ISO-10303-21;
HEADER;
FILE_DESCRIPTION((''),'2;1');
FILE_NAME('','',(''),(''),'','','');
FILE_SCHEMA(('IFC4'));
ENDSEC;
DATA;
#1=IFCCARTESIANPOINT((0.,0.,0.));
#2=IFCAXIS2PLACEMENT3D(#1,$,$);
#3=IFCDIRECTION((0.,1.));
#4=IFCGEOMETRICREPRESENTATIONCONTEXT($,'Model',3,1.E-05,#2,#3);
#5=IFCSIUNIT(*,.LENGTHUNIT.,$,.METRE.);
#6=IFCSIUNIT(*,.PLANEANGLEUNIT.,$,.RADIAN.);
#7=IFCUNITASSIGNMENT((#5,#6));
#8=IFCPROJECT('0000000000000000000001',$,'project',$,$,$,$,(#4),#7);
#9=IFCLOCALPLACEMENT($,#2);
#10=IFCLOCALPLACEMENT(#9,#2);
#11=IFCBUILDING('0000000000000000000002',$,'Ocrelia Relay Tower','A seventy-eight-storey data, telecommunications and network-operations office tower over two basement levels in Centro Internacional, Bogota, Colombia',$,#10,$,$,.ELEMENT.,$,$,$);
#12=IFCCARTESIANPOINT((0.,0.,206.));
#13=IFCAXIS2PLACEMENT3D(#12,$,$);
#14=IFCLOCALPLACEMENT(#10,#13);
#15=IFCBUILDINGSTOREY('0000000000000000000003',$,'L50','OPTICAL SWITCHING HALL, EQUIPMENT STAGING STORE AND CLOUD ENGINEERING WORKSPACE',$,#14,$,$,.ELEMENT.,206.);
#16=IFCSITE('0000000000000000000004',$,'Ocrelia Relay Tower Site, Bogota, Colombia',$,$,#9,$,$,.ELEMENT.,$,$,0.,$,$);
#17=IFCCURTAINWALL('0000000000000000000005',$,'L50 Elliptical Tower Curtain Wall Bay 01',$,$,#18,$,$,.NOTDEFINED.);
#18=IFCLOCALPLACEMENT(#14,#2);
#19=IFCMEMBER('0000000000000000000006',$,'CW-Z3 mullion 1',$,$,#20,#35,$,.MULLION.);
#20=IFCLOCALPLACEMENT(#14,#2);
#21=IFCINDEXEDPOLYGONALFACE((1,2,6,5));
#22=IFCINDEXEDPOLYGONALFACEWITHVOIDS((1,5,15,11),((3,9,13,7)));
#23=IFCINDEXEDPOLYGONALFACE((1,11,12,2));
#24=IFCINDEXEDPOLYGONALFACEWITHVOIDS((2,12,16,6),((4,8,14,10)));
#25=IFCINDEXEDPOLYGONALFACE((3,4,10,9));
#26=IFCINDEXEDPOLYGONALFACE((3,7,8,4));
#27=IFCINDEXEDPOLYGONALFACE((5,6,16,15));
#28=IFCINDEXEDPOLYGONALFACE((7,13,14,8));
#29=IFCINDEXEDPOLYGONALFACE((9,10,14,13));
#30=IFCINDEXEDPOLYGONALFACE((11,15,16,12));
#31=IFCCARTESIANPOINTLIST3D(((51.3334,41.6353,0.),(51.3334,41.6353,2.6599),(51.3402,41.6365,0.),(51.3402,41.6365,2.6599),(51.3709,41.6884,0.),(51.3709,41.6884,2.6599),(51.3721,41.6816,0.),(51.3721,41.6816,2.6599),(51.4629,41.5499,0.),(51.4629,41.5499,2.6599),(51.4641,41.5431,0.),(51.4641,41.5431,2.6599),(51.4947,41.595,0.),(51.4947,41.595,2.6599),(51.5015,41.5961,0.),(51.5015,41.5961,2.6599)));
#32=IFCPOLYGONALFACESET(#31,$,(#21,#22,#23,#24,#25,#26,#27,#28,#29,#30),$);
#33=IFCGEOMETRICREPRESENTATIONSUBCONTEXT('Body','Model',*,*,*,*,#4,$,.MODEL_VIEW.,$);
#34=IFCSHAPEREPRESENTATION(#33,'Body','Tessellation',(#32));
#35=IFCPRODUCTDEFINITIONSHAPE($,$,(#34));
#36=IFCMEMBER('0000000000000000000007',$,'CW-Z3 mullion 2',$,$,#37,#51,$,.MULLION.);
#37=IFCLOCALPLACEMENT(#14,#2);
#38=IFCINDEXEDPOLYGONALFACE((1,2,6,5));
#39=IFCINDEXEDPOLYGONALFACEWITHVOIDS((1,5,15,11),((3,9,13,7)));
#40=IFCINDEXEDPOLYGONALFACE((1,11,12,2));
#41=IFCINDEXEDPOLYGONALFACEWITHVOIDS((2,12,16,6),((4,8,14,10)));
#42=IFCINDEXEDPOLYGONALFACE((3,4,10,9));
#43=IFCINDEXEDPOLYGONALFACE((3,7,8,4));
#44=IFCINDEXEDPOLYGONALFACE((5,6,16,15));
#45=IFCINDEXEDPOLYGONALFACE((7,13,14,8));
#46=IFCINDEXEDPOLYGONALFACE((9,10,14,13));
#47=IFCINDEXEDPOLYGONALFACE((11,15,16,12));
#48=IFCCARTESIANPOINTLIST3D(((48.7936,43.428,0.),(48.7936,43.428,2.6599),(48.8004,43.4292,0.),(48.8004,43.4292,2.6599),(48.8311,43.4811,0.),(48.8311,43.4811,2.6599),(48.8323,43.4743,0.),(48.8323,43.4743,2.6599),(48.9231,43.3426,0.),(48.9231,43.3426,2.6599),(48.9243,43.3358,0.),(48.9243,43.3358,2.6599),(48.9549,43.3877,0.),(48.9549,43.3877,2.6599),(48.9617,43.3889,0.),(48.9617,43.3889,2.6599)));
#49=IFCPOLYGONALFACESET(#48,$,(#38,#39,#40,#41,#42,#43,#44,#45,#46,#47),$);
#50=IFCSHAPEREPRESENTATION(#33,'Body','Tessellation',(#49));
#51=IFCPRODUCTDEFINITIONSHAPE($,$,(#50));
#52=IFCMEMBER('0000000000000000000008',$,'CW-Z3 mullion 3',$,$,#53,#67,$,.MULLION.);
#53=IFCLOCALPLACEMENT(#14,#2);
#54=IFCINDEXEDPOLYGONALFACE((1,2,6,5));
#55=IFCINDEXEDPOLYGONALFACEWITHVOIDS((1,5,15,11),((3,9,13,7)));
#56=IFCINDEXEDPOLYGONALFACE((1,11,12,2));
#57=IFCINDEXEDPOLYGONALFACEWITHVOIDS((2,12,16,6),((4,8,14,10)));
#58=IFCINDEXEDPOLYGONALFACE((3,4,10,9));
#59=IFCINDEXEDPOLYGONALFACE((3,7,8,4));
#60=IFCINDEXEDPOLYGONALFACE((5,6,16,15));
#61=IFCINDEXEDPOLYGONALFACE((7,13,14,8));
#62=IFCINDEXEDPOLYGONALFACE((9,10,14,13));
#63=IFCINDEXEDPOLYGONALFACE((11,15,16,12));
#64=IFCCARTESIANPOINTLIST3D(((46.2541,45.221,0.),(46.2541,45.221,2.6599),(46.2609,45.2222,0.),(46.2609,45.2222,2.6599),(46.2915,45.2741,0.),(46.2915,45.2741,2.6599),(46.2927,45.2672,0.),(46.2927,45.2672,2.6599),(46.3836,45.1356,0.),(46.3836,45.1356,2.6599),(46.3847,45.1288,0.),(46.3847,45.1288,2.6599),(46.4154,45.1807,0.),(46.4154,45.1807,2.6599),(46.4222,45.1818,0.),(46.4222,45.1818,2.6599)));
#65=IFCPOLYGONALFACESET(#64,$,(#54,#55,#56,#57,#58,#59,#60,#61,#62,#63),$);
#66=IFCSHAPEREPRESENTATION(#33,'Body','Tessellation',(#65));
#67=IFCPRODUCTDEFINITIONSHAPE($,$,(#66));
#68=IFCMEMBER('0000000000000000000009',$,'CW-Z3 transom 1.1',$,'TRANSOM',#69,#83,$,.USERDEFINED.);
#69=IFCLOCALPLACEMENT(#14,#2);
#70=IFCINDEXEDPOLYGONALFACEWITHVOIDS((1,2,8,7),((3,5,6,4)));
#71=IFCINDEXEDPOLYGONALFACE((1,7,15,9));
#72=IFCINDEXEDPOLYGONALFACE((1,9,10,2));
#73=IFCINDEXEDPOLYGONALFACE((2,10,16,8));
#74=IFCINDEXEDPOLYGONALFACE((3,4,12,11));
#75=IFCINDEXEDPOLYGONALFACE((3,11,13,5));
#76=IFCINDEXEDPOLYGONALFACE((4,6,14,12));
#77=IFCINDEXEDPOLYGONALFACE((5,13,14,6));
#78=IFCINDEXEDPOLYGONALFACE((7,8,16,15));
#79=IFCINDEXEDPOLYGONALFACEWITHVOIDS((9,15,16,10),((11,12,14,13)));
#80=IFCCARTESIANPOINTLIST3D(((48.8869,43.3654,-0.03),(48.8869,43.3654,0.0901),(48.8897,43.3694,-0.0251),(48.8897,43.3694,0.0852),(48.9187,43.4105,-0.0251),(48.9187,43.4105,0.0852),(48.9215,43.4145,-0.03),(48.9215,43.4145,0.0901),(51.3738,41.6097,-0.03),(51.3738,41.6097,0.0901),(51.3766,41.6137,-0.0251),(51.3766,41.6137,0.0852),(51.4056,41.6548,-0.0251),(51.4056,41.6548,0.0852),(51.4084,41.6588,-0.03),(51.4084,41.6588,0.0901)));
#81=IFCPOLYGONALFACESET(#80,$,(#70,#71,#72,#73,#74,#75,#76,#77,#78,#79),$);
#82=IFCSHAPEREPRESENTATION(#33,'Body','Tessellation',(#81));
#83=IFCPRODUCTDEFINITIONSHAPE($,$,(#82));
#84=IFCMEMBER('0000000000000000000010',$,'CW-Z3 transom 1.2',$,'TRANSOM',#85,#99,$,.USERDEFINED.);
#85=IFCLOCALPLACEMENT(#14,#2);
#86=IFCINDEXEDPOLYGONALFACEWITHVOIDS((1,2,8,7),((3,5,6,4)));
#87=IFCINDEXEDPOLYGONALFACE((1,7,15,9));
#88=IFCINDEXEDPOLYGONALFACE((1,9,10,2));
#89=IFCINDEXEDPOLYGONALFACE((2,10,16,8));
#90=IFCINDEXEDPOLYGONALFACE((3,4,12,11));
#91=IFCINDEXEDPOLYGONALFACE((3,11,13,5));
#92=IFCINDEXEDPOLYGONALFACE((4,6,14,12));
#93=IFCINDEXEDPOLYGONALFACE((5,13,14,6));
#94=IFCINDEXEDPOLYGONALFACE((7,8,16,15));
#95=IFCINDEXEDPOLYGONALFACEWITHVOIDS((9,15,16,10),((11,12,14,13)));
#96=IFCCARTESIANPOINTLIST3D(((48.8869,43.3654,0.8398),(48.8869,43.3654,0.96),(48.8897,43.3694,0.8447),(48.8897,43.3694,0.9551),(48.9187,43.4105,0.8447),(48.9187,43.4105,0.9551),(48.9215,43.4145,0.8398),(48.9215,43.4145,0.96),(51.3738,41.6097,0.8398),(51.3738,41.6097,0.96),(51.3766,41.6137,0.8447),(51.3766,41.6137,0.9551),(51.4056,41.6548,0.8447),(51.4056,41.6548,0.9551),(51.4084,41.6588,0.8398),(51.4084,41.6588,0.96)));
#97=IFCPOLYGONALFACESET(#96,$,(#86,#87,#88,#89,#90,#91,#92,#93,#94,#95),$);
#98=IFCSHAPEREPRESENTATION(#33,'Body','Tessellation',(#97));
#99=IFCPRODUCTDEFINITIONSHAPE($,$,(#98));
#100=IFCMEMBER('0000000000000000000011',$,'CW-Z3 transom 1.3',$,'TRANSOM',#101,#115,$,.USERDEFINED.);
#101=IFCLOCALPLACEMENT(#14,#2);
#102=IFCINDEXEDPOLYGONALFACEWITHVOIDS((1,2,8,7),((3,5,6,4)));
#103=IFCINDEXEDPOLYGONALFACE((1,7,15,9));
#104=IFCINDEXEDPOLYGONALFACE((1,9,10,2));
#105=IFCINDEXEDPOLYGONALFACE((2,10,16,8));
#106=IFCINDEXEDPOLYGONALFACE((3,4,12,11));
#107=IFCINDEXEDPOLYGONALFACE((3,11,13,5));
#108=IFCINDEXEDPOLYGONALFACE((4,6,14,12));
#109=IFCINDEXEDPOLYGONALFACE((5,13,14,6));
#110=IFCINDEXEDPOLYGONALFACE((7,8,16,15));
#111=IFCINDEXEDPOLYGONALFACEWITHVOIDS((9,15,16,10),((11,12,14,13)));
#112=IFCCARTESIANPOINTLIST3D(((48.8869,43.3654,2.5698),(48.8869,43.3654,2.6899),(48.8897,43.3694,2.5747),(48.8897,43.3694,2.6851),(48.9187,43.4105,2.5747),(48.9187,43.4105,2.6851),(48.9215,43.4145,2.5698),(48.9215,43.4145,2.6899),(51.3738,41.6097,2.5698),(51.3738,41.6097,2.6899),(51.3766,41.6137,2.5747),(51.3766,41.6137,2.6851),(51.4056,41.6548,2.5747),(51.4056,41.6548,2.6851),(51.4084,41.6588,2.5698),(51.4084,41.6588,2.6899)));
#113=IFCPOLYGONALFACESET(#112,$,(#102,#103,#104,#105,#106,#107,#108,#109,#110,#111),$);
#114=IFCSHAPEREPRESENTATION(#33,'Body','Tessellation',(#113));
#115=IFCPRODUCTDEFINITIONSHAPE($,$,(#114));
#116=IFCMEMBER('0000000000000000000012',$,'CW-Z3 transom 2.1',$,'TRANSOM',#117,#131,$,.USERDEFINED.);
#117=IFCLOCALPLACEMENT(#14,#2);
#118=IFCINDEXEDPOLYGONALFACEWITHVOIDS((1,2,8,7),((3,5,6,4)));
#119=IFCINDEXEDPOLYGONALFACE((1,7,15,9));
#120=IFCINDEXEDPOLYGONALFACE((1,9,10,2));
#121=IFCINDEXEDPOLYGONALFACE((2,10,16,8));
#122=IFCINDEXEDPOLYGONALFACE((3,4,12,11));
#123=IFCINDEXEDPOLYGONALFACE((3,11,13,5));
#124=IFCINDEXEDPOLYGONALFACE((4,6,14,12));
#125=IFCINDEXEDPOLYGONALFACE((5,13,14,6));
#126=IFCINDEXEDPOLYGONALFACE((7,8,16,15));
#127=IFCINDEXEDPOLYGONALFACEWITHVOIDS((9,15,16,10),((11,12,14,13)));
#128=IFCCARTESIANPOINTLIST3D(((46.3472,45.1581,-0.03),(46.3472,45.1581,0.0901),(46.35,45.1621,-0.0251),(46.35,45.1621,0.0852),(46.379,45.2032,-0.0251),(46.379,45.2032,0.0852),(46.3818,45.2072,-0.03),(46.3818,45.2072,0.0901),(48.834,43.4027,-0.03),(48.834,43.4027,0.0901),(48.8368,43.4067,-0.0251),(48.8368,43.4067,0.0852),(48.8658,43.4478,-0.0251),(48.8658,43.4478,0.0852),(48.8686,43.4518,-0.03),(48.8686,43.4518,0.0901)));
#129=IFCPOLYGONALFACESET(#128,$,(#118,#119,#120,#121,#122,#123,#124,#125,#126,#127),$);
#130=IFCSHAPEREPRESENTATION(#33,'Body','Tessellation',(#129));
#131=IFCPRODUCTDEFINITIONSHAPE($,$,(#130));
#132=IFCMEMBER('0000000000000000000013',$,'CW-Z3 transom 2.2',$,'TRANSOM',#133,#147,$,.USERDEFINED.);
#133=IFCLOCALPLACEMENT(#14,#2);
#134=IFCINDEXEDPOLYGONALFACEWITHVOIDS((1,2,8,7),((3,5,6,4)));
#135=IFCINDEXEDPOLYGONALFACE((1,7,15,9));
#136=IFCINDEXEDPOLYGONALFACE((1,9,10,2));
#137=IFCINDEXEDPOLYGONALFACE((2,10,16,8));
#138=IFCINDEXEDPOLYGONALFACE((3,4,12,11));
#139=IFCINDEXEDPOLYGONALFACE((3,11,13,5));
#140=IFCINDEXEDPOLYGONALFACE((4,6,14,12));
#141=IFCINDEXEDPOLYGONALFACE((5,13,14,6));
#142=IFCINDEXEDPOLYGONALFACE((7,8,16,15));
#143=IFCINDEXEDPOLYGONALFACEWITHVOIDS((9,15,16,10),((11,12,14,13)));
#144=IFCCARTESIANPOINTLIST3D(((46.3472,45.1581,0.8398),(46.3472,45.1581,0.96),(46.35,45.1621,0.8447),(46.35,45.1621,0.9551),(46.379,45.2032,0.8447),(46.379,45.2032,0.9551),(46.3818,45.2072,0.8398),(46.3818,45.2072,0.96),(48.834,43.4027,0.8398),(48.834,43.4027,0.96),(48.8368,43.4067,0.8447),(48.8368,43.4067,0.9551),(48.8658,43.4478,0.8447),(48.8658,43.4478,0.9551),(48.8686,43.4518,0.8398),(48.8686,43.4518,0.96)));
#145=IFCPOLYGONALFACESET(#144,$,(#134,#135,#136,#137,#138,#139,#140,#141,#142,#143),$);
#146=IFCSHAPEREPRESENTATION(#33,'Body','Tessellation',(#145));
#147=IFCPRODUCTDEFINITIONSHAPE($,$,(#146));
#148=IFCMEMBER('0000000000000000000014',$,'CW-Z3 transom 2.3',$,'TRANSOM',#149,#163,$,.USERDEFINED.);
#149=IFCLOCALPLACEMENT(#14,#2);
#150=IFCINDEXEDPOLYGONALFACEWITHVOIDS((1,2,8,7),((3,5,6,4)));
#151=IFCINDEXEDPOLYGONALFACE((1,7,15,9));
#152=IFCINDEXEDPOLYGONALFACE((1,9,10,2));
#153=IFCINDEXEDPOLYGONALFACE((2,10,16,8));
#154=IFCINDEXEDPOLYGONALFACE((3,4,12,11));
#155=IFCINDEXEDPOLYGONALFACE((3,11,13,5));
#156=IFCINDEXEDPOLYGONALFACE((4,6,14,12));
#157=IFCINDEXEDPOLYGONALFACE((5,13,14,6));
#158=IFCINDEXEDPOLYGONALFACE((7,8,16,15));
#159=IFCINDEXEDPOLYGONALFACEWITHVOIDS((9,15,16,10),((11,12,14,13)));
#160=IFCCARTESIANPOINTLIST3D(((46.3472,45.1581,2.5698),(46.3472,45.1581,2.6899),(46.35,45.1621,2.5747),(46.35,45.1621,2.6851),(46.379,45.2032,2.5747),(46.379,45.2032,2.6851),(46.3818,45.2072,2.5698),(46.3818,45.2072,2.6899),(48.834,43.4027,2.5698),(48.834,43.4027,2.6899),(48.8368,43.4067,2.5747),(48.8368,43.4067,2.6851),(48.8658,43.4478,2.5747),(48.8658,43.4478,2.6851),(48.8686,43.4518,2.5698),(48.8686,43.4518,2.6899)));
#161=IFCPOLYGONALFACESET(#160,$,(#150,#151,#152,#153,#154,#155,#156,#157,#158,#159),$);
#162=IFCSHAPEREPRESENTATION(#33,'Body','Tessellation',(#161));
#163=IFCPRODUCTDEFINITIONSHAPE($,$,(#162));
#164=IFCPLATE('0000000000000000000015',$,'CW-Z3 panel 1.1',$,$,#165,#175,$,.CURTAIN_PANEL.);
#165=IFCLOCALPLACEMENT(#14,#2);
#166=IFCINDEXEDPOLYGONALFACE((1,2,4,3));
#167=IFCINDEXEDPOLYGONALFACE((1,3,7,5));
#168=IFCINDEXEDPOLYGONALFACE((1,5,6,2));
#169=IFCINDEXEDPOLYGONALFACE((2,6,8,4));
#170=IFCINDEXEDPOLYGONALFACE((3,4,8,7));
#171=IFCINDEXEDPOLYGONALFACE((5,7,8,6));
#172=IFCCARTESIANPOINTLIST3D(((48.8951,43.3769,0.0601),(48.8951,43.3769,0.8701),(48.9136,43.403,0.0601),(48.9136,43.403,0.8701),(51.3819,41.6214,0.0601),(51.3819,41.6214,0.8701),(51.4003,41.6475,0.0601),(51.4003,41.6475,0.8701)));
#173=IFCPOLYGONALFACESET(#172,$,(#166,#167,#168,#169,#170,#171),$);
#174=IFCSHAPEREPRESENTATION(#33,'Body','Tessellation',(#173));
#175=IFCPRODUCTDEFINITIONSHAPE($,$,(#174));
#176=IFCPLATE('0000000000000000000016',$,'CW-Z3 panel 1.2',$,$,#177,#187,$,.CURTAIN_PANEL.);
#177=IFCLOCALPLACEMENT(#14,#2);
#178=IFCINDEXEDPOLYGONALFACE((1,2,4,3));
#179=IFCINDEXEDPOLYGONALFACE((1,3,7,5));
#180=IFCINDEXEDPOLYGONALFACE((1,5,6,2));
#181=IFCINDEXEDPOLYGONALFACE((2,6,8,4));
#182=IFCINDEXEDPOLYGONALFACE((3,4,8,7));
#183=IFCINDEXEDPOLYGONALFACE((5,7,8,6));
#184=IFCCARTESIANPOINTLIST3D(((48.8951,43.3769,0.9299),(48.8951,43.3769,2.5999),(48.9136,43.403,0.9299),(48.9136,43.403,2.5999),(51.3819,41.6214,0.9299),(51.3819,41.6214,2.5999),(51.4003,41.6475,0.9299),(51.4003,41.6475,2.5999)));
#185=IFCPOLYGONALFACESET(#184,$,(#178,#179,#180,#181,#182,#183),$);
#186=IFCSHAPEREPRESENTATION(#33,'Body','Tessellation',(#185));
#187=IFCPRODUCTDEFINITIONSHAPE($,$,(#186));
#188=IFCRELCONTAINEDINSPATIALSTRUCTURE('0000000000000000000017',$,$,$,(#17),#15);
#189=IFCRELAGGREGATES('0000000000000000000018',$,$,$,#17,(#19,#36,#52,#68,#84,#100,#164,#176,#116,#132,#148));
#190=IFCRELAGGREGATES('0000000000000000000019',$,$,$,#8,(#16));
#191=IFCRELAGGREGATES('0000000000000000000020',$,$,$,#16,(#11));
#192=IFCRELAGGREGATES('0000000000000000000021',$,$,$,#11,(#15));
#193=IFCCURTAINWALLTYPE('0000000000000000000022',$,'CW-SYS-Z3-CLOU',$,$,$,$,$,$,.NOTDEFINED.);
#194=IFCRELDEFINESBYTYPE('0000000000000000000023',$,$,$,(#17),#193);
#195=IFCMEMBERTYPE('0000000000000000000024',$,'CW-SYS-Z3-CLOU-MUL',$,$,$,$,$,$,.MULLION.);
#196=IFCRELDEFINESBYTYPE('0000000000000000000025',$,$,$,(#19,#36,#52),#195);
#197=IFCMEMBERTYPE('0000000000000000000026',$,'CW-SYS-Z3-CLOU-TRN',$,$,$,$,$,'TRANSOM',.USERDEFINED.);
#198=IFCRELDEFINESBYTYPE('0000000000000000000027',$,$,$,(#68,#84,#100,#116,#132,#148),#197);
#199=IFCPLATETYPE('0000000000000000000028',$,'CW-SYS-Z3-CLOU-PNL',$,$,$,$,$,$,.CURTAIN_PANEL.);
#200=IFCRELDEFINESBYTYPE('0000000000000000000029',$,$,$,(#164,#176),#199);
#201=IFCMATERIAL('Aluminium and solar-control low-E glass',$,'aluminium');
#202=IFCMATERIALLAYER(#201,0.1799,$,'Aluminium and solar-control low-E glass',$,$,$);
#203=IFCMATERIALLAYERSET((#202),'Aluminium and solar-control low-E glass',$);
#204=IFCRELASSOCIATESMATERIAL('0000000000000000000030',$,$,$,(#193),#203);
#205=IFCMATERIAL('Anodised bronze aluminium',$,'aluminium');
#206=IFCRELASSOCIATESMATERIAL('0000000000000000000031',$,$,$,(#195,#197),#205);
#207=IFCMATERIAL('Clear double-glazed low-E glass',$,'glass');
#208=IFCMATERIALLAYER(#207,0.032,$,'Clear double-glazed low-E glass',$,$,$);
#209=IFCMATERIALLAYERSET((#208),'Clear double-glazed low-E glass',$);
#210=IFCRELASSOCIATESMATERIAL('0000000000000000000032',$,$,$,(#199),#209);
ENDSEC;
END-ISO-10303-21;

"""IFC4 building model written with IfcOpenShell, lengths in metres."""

from ifc_helpers import new_model, si_unit, direction, frame, origin, origin_2d, place, context, subcontext, project, spatial, rectangle, hollow_rectangle, extrude, material, layer, layer_set, material_profile, profile_set, type_object, element, aggregate, save


model = new_model("IFC4")

# Units and contexts
model_context = context("Model", 3, precision=1e-05, world=origin(), true_north=direction((0.0, 1.0)))
body_context = subcontext(model_context, "Body", "Model", "MODEL_VIEW")
ifc_project = project(units=[si_unit("LENGTHUNIT", "METRE"), si_unit("PLANEANGLEUNIT", "RADIAN")], contexts=[model_context])

# Site, building, storey
site_placement = place(None, origin())
site = spatial("IfcSite", under=ifc_project, at=site_placement, Name="Ocrelia Relay Tower Site, Bogota, Colombia", CompositionType="ELEMENT", RefElevation=0.0)
building_placement = place(site_placement, origin())
building = spatial("IfcBuilding", under=site, at=building_placement, Name="Ocrelia Relay Tower", Description="A seventy-eight-storey data, telecommunications and network-operations office tower over two basement levels in Centro Internacional, Bogota, Colombia", CompositionType="ELEMENT")
storey_placement = place(building_placement, frame((0.0, 0.0, 206.0)))
storey = spatial("IfcBuildingStorey", under=building, at=storey_placement, Name="L50", Description="OPTICAL SWITCHING HALL, EQUIPMENT STAGING STORE AND CLOUD ENGINEERING WORKSPACE", CompositionType="ELEMENT", Elevation=206.0)

# Curtain wall, members, plates
ifc_material_1 = material(Name="Aluminium and solar-control low-E glass", Category="aluminium")
ifc_layer_1 = layer(ifc_material_1, 0.1799, Name="Aluminium and solar-control low-E glass")
ifc_layer_set_1 = layer_set([ifc_layer_1], Name="Aluminium and solar-control low-E glass")
curtain_wall_type = type_object("IfcCurtainWallType", Name="CW-SYS-Z3-CLOU", PredefinedType="NOTDEFINED", material=ifc_layer_set_1)
curtain_wall_placement = place(storey_placement, origin())
curtain_wall = element("IfcCurtainWall", 1, at=curtain_wall_placement, inside=storey, type_object=curtain_wall_type, Name="L50 Elliptical Tower Curtain Wall Bay 01", PredefinedType="NOTDEFINED")
ifc_material_2 = material(Name="Anodised bronze aluminium", Category="aluminium")
ifc_material_profile_1 = material_profile(ifc_material_2, hollow_rectangle(XDim=0.0649, YDim=0.1599, WallThickness=0.0049, at=origin_2d()), Name="CW-MUL-160x65")
ifc_profile_set_1 = profile_set([ifc_material_profile_1], Name="Anodised bronze aluminium")
member_type_1 = type_object("IfcMemberType", Name="CW-SYS-Z3-CLOU-MUL", PredefinedType="MULLION", material=ifc_profile_set_1)
member_1_placement = place(storey_placement, frame((51.4175, 41.6157, 0.0), z_axis=(0.0, 0.0, 1.0), x_axis=(-0.576714, -0.816946, 0.0)))
member_1 = element("IfcMember", 2, at=member_1_placement, type_object=member_type_1, Name="CW-Z3 mullion 1", PredefinedType="MULLION", context=body_context, shape_type="SweptSolid", body=[
    extrude(hollow_rectangle(XDim=0.0649, YDim=0.1599, WallThickness=0.0049, at=origin_2d()), origin(), (0.0, 0.0, 1.0), 2.6599),
])
member_2_placement = place(storey_placement, frame((48.8777, 43.4084, 0.0), z_axis=(0.0, 0.0, 1.0), x_axis=(-0.576714, -0.816946, 0.0)))
member_2 = element("IfcMember", 3, at=member_2_placement, type_object=member_type_1, Name="CW-Z3 mullion 2", PredefinedType="MULLION", context=body_context, shape_type="SweptSolid", body=[
    extrude(hollow_rectangle(XDim=0.0649, YDim=0.1599, WallThickness=0.0049, at=origin_2d()), origin(), (0.0, 0.0, 1.0), 2.6599),
])
member_3_placement = place(storey_placement, frame((46.3381, 45.2014, 0.0), z_axis=(0.0, 0.0, 1.0), x_axis=(-0.576714, -0.816946, 0.0)))
member_3 = element("IfcMember", 4, at=member_3_placement, type_object=member_type_1, Name="CW-Z3 mullion 3", PredefinedType="MULLION", context=body_context, shape_type="SweptSolid", body=[
    extrude(hollow_rectangle(XDim=0.0649, YDim=0.1599, WallThickness=0.0049, at=origin_2d()), origin(), (0.0, 0.0, 1.0), 2.6599),
])
ifc_material_profile_2 = material_profile(ifc_material_2, hollow_rectangle(XDim=0.0601, YDim=0.1201, WallThickness=0.0049, at=origin_2d()), Name="CW-TRN-120x60")
ifc_profile_set_2 = profile_set([ifc_material_profile_2], Name="Anodised bronze aluminium")
member_type_2 = type_object("IfcMemberType", Name="CW-SYS-Z3-CLOU-TRN", ElementType="TRANSOM", PredefinedType="USERDEFINED", material=ifc_profile_set_2)
member_4_placement = place(storey_placement, frame((51.3911, 41.6343, 0.03), z_axis=(-0.816935, 0.57673, 0.0), x_axis=(-0.57673, -0.816935, 0.0)))
member_4 = element("IfcMember", 5, at=member_4_placement, type_object=member_type_2, Name="CW-Z3 transom 1.1", ObjectType="TRANSOM", PredefinedType="USERDEFINED", context=body_context, shape_type="SweptSolid", body=[
    extrude(hollow_rectangle(XDim=0.0601, YDim=0.1201, WallThickness=0.0049, at=origin_2d()), origin(), (0.0, 0.0, 1.0), 3.0442),
])
member_5_placement = place(storey_placement, frame((51.3911, 41.6343, 0.8999), z_axis=(-0.816935, 0.57673, 0.0), x_axis=(-0.57673, -0.816935, 0.0)))
member_5 = element("IfcMember", 6, at=member_5_placement, type_object=member_type_2, Name="CW-Z3 transom 1.2", ObjectType="TRANSOM", PredefinedType="USERDEFINED", context=body_context, shape_type="SweptSolid", body=[
    extrude(hollow_rectangle(XDim=0.0601, YDim=0.1201, WallThickness=0.0049, at=origin_2d()), origin(), (0.0, 0.0, 1.0), 3.0442),
])
member_6_placement = place(storey_placement, frame((51.3911, 41.6343, 2.6299), z_axis=(-0.816935, 0.57673, 0.0), x_axis=(-0.57673, -0.816935, 0.0)))
member_6 = element("IfcMember", 7, at=member_6_placement, type_object=member_type_2, Name="CW-Z3 transom 1.3", ObjectType="TRANSOM", PredefinedType="USERDEFINED", context=body_context, shape_type="SweptSolid", body=[
    extrude(hollow_rectangle(XDim=0.0601, YDim=0.1201, WallThickness=0.0049, at=origin_2d()), origin(), (0.0, 0.0, 1.0), 3.0442),
])
member_7_placement = place(storey_placement, frame((48.8513, 43.4272, 0.03), z_axis=(-0.816972, 0.576677, 0.0), x_axis=(-0.576677, -0.816972, 0.0)))
member_7 = element("IfcMember", 8, at=member_7_placement, type_object=member_type_2, Name="CW-Z3 transom 2.1", ObjectType="TRANSOM", PredefinedType="USERDEFINED", context=body_context, shape_type="SweptSolid", body=[
    extrude(hollow_rectangle(XDim=0.0601, YDim=0.1201, WallThickness=0.0049, at=origin_2d()), origin(), (0.0, 0.0, 1.0), 3.0439),
])
member_8_placement = place(storey_placement, frame((48.8513, 43.4272, 0.8999), z_axis=(-0.816972, 0.576677, 0.0), x_axis=(-0.576677, -0.816972, 0.0)))
member_8 = element("IfcMember", 9, at=member_8_placement, type_object=member_type_2, Name="CW-Z3 transom 2.2", ObjectType="TRANSOM", PredefinedType="USERDEFINED", context=body_context, shape_type="SweptSolid", body=[
    extrude(hollow_rectangle(XDim=0.0601, YDim=0.1201, WallThickness=0.0049, at=origin_2d()), origin(), (0.0, 0.0, 1.0), 3.0439),
])
member_9_placement = place(storey_placement, frame((48.8513, 43.4272, 2.6299), z_axis=(-0.816972, 0.576677, 0.0), x_axis=(-0.576677, -0.816972, 0.0)))
member_9 = element("IfcMember", 10, at=member_9_placement, type_object=member_type_2, Name="CW-Z3 transom 2.3", ObjectType="TRANSOM", PredefinedType="USERDEFINED", context=body_context, shape_type="SweptSolid", body=[
    extrude(hollow_rectangle(XDim=0.0601, YDim=0.1201, WallThickness=0.0049, at=origin_2d()), origin(), (0.0, 0.0, 1.0), 3.0439),
])
ifc_material_3 = material(Name="Clear double-glazed low-E glass", Category="glass")
ifc_layer_2 = layer(ifc_material_3, 0.032, Name="Clear double-glazed low-E glass")
ifc_layer_set_2 = layer_set([ifc_layer_2], Name="Clear double-glazed low-E glass")
plate_type = type_object("IfcPlateType", Name="CW-SYS-Z3-CLOU-PNL", PredefinedType="CURTAIN_PANEL", material=ifc_layer_set_2)
plate_1_placement = place(storey_placement, frame((50.1477, 42.5122, 0.0601), z_axis=(0.0, 0.0, 1.0), x_axis=(-0.816946, 0.576714, 0.0)))
plate_1 = element("IfcPlate", 11, at=plate_1_placement, type_object=plate_type, Name="CW-Z3 panel 1.1", PredefinedType="CURTAIN_PANEL", context=body_context, shape_type="SweptSolid", body=[
    extrude(rectangle(XDim=3.0439, YDim=0.032, at=origin_2d()), origin(), (0.0, 0.0, 1.0), 0.8101),
])
plate_2_placement = place(storey_placement, frame((50.1477, 42.5122, 0.9299), z_axis=(0.0, 0.0, 1.0), x_axis=(-0.816946, 0.576714, 0.0)))
plate_2 = element("IfcPlate", 12, at=plate_2_placement, type_object=plate_type, Name="CW-Z3 panel 1.2", PredefinedType="CURTAIN_PANEL", context=body_context, shape_type="SweptSolid", body=[
    extrude(rectangle(XDim=3.0439, YDim=0.032, at=origin_2d()), origin(), (0.0, 0.0, 1.0), 1.6699),
])
aggregate(curtain_wall, [member_1, member_2, member_3, member_4, member_5, member_6, plate_1, plate_2, member_7, member_8, member_9])

save(model, "model.ifc")
